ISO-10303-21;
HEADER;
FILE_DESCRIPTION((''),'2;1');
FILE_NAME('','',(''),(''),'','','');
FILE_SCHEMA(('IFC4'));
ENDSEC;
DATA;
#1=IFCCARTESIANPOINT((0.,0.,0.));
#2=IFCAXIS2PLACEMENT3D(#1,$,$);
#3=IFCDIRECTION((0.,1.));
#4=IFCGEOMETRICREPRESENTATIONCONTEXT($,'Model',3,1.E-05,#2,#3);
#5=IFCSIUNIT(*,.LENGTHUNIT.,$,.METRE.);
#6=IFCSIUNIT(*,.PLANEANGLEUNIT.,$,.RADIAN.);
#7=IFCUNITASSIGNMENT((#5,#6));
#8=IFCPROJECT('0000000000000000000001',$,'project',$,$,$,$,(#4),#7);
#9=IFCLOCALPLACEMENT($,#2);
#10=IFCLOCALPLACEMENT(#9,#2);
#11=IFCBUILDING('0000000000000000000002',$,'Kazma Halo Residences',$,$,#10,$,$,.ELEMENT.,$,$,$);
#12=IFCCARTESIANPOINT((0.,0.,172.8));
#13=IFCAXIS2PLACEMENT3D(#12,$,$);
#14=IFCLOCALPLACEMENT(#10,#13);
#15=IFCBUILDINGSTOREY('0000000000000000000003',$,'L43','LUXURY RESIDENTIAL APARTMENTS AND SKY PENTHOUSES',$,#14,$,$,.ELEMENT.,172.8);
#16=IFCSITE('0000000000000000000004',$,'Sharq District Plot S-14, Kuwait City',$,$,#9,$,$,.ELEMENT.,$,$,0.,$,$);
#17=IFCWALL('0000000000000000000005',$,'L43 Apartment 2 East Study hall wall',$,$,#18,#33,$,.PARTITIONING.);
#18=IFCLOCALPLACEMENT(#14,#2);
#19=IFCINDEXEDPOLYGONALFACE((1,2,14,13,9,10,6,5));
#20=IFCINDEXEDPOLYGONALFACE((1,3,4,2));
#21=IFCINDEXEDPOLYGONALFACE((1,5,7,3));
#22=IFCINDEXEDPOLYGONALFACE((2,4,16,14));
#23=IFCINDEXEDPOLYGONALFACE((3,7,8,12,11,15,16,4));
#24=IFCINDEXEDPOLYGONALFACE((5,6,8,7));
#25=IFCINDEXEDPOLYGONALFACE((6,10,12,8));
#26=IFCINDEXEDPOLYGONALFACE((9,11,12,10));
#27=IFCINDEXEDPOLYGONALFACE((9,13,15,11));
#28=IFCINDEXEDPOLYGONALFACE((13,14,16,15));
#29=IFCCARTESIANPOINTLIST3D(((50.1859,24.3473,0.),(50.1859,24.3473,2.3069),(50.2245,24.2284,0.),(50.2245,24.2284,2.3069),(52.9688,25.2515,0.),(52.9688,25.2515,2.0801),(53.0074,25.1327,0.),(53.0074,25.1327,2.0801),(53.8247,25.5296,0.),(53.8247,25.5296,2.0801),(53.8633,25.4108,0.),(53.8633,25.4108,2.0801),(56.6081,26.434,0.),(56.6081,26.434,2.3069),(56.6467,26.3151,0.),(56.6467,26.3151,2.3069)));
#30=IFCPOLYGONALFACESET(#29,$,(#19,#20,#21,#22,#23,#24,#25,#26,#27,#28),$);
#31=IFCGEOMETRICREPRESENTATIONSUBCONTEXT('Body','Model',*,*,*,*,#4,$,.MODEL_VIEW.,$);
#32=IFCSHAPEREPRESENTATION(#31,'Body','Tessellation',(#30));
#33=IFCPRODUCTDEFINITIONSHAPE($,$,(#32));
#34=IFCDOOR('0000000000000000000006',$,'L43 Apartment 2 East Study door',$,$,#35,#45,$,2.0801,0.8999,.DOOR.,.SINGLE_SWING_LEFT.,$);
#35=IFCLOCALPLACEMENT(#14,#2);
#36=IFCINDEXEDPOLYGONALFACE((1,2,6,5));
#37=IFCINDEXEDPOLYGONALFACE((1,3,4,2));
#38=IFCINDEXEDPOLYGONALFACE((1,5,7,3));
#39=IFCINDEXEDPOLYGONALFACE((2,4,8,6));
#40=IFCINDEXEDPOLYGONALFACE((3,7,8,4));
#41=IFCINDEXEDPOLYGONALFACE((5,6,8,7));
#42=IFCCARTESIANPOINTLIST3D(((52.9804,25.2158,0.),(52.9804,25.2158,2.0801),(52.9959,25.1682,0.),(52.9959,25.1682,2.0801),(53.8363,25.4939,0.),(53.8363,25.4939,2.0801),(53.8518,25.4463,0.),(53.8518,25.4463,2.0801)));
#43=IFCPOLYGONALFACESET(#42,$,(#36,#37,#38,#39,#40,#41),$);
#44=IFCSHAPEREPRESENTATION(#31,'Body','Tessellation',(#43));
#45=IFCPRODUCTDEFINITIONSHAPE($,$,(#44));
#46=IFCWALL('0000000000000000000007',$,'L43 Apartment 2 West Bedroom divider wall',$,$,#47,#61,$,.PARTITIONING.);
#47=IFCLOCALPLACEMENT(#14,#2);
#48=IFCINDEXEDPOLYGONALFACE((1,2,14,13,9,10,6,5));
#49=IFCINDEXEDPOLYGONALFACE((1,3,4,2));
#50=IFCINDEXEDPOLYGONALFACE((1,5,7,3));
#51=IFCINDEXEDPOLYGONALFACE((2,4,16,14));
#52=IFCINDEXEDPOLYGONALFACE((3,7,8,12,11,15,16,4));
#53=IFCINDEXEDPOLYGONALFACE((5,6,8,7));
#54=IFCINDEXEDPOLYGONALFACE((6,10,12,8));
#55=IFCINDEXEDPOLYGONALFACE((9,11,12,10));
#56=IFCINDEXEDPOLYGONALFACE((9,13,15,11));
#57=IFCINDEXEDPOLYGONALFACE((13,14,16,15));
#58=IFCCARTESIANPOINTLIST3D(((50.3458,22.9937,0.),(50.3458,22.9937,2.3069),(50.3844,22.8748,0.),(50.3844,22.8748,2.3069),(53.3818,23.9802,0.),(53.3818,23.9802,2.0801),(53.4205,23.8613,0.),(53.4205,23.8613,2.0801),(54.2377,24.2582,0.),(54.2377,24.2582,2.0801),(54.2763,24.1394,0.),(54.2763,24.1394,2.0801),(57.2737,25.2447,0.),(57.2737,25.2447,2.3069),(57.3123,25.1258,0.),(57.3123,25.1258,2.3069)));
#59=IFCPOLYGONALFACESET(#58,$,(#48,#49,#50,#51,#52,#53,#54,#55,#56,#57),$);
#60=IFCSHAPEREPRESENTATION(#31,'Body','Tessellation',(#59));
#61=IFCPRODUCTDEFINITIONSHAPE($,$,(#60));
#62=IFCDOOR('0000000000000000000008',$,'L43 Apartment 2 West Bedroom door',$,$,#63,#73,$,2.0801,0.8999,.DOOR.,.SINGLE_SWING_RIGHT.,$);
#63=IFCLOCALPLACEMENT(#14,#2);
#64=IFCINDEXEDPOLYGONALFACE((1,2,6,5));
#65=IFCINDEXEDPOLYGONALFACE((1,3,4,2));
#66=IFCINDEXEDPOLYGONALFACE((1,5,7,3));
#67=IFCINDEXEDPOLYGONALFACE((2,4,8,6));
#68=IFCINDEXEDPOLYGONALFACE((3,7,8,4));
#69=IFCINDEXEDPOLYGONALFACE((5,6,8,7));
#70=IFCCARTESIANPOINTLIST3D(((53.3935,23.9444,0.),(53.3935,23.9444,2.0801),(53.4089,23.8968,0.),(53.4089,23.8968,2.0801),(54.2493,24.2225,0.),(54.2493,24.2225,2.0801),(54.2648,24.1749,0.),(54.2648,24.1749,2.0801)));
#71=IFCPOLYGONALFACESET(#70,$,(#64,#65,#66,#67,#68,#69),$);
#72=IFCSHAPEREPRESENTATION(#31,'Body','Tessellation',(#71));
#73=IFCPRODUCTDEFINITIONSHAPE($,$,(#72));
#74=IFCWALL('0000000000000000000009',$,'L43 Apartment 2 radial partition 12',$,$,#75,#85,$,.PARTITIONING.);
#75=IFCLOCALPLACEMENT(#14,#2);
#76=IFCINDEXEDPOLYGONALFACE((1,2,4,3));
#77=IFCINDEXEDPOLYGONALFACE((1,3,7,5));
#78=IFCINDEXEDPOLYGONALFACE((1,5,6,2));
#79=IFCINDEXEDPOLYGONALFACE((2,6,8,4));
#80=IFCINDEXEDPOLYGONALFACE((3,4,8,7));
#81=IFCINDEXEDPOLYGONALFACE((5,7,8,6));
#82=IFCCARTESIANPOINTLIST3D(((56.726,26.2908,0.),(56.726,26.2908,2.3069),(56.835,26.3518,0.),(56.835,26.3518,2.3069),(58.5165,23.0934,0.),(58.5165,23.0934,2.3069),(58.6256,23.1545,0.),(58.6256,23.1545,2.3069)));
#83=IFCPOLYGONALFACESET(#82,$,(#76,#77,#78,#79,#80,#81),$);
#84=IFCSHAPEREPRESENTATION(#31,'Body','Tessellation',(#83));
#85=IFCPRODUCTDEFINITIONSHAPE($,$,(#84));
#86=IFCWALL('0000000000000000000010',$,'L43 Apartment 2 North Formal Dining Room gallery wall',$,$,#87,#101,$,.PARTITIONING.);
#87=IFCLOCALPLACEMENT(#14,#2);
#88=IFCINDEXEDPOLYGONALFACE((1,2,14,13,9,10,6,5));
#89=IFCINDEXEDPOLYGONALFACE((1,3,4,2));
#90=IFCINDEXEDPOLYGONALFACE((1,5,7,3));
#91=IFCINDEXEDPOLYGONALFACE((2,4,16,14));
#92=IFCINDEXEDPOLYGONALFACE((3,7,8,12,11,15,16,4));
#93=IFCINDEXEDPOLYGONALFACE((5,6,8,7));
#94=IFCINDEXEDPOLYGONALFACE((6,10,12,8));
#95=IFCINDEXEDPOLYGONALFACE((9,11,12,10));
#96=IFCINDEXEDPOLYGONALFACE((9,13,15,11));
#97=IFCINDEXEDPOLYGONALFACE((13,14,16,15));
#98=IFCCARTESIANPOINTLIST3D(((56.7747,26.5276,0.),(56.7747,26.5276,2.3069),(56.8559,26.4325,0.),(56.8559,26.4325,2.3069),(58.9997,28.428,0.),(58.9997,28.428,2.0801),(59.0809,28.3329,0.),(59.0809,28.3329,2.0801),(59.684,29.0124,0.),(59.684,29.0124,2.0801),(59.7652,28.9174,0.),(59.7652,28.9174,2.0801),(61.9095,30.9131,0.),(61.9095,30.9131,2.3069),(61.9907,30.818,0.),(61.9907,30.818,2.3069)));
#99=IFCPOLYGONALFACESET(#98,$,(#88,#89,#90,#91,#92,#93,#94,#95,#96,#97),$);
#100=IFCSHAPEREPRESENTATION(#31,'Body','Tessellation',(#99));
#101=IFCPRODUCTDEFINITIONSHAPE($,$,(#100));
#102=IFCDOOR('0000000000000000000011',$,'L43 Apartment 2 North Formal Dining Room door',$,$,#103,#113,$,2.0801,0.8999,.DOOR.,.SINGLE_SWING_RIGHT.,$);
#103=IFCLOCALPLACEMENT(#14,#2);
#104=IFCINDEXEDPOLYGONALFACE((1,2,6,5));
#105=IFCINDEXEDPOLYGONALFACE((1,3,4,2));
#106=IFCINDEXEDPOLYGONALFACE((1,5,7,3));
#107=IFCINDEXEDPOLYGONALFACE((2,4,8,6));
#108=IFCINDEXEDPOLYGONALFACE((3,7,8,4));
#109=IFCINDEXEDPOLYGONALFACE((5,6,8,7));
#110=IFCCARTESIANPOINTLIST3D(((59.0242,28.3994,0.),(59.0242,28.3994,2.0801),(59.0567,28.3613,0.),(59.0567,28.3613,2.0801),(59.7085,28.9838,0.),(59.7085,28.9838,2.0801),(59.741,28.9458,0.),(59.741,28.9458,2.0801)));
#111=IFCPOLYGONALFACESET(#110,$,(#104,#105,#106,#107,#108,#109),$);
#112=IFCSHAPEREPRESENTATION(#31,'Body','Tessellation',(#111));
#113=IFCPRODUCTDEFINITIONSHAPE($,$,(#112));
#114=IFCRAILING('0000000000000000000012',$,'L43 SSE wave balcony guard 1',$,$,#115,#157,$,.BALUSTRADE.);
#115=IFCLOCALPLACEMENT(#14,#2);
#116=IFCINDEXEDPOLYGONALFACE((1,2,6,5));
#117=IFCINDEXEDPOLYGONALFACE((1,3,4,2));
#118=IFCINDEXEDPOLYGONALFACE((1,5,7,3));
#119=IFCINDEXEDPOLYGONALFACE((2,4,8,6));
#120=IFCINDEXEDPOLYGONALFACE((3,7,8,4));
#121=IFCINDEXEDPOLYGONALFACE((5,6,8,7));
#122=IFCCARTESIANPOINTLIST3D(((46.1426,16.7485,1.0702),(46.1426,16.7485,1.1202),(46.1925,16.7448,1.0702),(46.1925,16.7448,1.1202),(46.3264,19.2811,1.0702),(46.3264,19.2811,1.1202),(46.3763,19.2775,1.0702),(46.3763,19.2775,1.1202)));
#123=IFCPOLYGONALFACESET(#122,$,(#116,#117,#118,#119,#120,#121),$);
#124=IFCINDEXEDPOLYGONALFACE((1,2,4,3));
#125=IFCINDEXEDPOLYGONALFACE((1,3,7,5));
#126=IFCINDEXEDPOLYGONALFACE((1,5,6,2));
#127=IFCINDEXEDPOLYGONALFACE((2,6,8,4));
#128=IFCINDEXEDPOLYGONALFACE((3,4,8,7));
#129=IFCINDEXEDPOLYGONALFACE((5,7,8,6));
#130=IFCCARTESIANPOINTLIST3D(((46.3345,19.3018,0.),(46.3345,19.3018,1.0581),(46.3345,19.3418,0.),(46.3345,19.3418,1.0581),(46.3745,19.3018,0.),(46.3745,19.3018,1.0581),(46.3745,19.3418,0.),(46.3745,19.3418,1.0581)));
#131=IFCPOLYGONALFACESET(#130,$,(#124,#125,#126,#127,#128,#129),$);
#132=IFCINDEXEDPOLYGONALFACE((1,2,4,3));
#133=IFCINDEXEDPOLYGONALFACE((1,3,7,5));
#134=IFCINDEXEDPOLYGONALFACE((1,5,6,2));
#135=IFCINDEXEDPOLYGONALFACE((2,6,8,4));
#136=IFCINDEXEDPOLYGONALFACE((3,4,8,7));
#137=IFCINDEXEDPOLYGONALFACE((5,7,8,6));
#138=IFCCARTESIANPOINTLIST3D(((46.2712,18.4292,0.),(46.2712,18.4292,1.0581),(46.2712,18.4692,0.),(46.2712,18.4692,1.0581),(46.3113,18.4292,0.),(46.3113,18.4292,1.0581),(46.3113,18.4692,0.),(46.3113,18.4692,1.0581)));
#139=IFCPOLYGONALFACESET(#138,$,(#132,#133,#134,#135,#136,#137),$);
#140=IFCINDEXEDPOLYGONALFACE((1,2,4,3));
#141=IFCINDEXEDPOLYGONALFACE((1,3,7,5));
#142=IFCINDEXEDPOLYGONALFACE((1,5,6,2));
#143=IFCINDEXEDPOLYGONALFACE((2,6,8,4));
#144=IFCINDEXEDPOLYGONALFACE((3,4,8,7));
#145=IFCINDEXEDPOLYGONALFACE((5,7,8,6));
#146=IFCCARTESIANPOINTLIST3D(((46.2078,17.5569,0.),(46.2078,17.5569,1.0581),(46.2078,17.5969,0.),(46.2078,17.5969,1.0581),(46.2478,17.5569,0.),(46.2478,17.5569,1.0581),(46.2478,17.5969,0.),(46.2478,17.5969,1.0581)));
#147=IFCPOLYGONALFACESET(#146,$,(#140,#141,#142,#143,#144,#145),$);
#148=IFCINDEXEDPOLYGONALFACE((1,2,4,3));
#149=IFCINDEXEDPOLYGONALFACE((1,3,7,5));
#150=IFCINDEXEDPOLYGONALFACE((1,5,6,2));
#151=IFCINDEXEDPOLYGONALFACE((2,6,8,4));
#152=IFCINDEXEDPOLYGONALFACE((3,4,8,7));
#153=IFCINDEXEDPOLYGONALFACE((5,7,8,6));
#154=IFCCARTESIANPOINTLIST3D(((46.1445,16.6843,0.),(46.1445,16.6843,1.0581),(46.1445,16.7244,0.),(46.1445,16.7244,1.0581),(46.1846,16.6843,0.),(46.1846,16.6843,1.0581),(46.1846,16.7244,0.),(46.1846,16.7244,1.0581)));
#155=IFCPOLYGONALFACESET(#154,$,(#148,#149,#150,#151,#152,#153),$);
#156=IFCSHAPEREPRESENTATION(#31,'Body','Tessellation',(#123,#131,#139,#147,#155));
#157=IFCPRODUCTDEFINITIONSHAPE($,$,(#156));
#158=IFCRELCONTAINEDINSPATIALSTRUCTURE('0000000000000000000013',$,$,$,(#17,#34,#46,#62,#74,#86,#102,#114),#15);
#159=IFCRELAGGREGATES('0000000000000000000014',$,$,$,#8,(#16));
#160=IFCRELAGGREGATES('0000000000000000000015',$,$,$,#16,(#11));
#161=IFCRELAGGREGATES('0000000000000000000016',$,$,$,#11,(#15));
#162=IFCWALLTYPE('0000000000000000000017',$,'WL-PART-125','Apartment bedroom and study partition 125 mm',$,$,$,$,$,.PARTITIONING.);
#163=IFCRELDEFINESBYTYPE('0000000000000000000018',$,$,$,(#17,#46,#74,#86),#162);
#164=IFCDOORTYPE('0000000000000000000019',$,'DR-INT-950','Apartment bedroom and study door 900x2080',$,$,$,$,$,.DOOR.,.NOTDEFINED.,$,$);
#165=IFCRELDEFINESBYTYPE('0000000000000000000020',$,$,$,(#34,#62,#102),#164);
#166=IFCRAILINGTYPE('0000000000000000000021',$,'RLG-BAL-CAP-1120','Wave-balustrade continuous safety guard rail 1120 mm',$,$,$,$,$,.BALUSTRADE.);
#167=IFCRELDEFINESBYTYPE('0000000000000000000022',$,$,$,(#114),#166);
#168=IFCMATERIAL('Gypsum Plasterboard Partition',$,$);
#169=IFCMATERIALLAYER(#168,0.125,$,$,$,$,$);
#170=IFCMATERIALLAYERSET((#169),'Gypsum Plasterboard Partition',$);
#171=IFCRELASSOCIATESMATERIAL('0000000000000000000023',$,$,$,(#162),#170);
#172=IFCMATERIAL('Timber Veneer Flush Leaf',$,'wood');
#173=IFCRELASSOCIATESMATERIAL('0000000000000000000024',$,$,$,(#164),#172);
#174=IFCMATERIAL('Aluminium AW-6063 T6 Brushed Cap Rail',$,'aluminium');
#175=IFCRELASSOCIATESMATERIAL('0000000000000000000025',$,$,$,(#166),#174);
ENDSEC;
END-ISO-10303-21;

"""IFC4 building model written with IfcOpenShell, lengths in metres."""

from ifc_helpers import new_model, si_unit, direction, frame, frame_2d, origin, origin_2d, place, context, subcontext, project, spatial, rectangle, extrude, material, layer, layer_set, type_object, element, fill, save


model = new_model("IFC4")

# Units and contexts
model_context = context("Model", 3, precision=1e-05, world=origin(), true_north=direction((0.0, 1.0)))
body_context = subcontext(model_context, "Body", "Model", "MODEL_VIEW")
ifc_project = project(units=[si_unit("LENGTHUNIT", "METRE"), si_unit("PLANEANGLEUNIT", "RADIAN")], contexts=[model_context])

# Site, building, storey
site_placement = place(None, origin())
site = spatial("IfcSite", under=ifc_project, at=site_placement, Name="Sharq District Plot S-14, Kuwait City", CompositionType="ELEMENT", RefElevation=0.0)
building_placement = place(site_placement, origin())
building = spatial("IfcBuilding", under=site, at=building_placement, Name="Kazma Halo Residences", CompositionType="ELEMENT")
storey_placement = place(building_placement, frame((0.0, 0.0, 172.8)))
storey = spatial("IfcBuildingStorey", under=building, at=storey_placement, Name="L43", Description="LUXURY RESIDENTIAL APARTMENTS AND SKY PENTHOUSES", CompositionType="ELEMENT", Elevation=172.8)

# Shared definitions
ifc_material_1 = material(Name="Gypsum Plasterboard Partition")
ifc_layer_1 = layer(ifc_material_1, 0.125)
ifc_layer_set_1 = layer_set([ifc_layer_1], Name="Gypsum Plasterboard Partition")
wall_type_1 = type_object("IfcWallType", Name="WL-PART-125", Description="Apartment bedroom and study partition 125 mm", PredefinedType="PARTITIONING", material=ifc_layer_set_1)

# Walls, openings, doors
wall_1_placement = place(storey_placement, frame((50.2051, 24.2878, 0.0), z_axis=(0.0, 0.0, 1.0), x_axis=(0.951057, 0.309017, 0.0)))
wall_1 = element("IfcWall", 1, at=wall_1_placement, inside=storey, type_object=wall_type_1, Name="L43 Apartment 2 East Study hall wall", PredefinedType="PARTITIONING", context=body_context, shape_type="SweptSolid", body=[
    extrude(rectangle(XDim=6.7527, YDim=0.125, at=frame_2d((3.3765, 0.0))), origin(), (0.0, 0.0, 1.0), 2.3069),
])
opening_1_placement = place(wall_1_placement, frame((2.9263, 0.0, 0.0)))
opening_1 = element("IfcOpeningElement", 2, at=opening_1_placement, cuts=wall_1, PredefinedType="OPENING", context=body_context, shape_type="SweptSolid", body=[
    extrude(rectangle(XDim=0.8999, YDim=2.0801, at=frame_2d((0.45, 1.04))), frame((0.0, 0.0725, 0.0), z_axis=(0.0, -1.0, 0.0), x_axis=(1.0, 0.0, 0.0)), (0.0, 0.0, 1.0), 0.145),
])
ifc_material_2 = material(Name="Timber Veneer Flush Leaf", Category="wood")
door_type_1 = type_object("IfcDoorType", Name="DR-INT-950", Description="Apartment bedroom and study door 900x2080", OperationType="NOTDEFINED", PredefinedType="DOOR", material=ifc_material_2)
door_1_placement = place(opening_1_placement, origin())
door_1 = element("IfcDoor", 3, at=door_1_placement, inside=storey, type_object=door_type_1, Name="L43 Apartment 2 East Study door", OperationType="SINGLE_SWING_LEFT", OverallHeight=2.0801, OverallWidth=0.8999, PredefinedType="DOOR", context=body_context, shape_type="SweptSolid", body=[
    extrude(rectangle(XDim=0.8999, YDim=2.0801, at=frame_2d((0.45, 1.04))), frame((0.0, 0.0249, 0.0), z_axis=(0.0, -1.0, 0.0), x_axis=(1.0, 0.0, 0.0)), (0.0, 0.0, 1.0), 0.05),
])
fill(opening_1, door_1)
wall_2_placement = place(storey_placement, frame((50.3652, 22.9343, 0.0), z_axis=(0.0, 0.0, 1.0), x_axis=(0.951059, 0.30901, 0.0)))
wall_2 = element("IfcWall", 4, at=wall_2_placement, inside=storey, type_object=wall_type_1, Name="L43 Apartment 2 West Bedroom divider wall", PredefinedType="PARTITIONING", context=body_context, shape_type="SweptSolid", body=[
    extrude(rectangle(XDim=7.2844, YDim=0.125, at=frame_2d((3.6421, 0.0))), origin(), (0.0, 0.0, 1.0), 2.3069),
])
opening_2_placement = place(wall_2_placement, frame((3.1921, 0.0, 0.0)))
opening_2 = element("IfcOpeningElement", 5, at=opening_2_placement, cuts=wall_2, PredefinedType="OPENING", context=body_context, shape_type="SweptSolid", body=[
    extrude(rectangle(XDim=0.8999, YDim=2.0801, at=frame_2d((0.45, 1.04))), frame((0.0, 0.0725, 0.0), z_axis=(0.0, -1.0, 0.0), x_axis=(1.0, 0.0, 0.0)), (0.0, 0.0, 1.0), 0.145),
])
door_2_placement = place(opening_2_placement, origin())
door_2 = element("IfcDoor", 6, at=door_2_placement, inside=storey, type_object=door_type_1, Name="L43 Apartment 2 West Bedroom door", OperationType="SINGLE_SWING_RIGHT", OverallHeight=2.0801, OverallWidth=0.8999, PredefinedType="DOOR", context=body_context, shape_type="SweptSolid", body=[
    extrude(rectangle(XDim=0.8999, YDim=2.0801, at=frame_2d((0.45, 1.04))), frame((0.0, 0.0249, 0.0), z_axis=(0.0, -1.0, 0.0), x_axis=(1.0, 0.0, 0.0)), (0.0, 0.0, 1.0), 0.05),
])
fill(opening_2, door_2)

# Wall
wall_3_placement = place(storey_placement, frame((56.7805, 26.3213, 0.0), z_axis=(0.0, 0.0, 1.0), x_axis=(0.488616, -0.872499, 0.0)))
element("IfcWall", 7, at=wall_3_placement, inside=storey, type_object=wall_type_1, Name="L43 Apartment 2 radial partition 12", PredefinedType="PARTITIONING", context=body_context, shape_type="SweptSolid", body=[
    extrude(rectangle(XDim=3.6646, YDim=0.125, at=frame_2d((1.8323, 0.0))), origin(), (0.0, 0.0, 1.0), 2.3069),
])

# Wall, opening, door
wall_4_placement = place(storey_placement, frame((56.8152, 26.48, 0.0), z_axis=(0.0, 0.0, 1.0), x_axis=(0.760406, 0.649448, 0.0)))
wall_4 = element("IfcWall", 8, at=wall_4_placement, inside=storey, type_object=wall_type_1, Name="L43 Apartment 2 North Formal Dining Room gallery wall", PredefinedType="PARTITIONING", context=body_context, shape_type="SweptSolid", body=[
    extrude(rectangle(XDim=6.7527, YDim=0.125, at=frame_2d((3.3765, 0.0))), origin(), (0.0, 0.0, 1.0), 2.3069),
])
opening_3_placement = place(wall_4_placement, frame((2.9263, 0.0, 0.0)))
opening_3 = element("IfcOpeningElement", 9, at=opening_3_placement, cuts=wall_4, PredefinedType="OPENING", context=body_context, shape_type="SweptSolid", body=[
    extrude(rectangle(XDim=0.8999, YDim=2.0801, at=frame_2d((0.45, 1.04))), frame((0.0, 0.0725, 0.0), z_axis=(0.0, -1.0, 0.0), x_axis=(1.0, 0.0, 0.0)), (0.0, 0.0, 1.0), 0.145),
])
door_3_placement = place(opening_3_placement, origin())
door_3 = element("IfcDoor", 10, at=door_3_placement, inside=storey, type_object=door_type_1, Name="L43 Apartment 2 North Formal Dining Room door", OperationType="SINGLE_SWING_RIGHT", OverallHeight=2.0801, OverallWidth=0.8999, PredefinedType="DOOR", context=body_context, shape_type="SweptSolid", body=[
    extrude(rectangle(XDim=0.8999, YDim=2.0801, at=frame_2d((0.45, 1.04))), frame((0.0, 0.0249, 0.0), z_axis=(0.0, -1.0, 0.0), x_axis=(1.0, 0.0, 0.0)), (0.0, 0.0, 1.0), 0.05),
])
fill(opening_3, door_3)

# Railing
ifc_material_3 = material(Name="Aluminium AW-6063 T6 Brushed Cap Rail", Category="aluminium")
railing_type = type_object("IfcRailingType", Name="RLG-BAL-CAP-1120", Description="Wave-balustrade continuous safety guard rail 1120 mm", PredefinedType="BALUSTRADE", material=ifc_material_3)
railing_1_placement = place(storey_placement, frame((46.3545, 19.3218, 0.0)))
element("IfcRailing", 11, at=railing_1_placement, inside=storey, type_object=railing_type, Name="L43 SSE wave balcony guard 1", PredefinedType="BALUSTRADE", context=body_context, shape_type="SweptSolid", body=[
    extrude(rectangle(XDim=0.05, YDim=0.05, at=origin_2d()), frame((-0.0032, -0.0425, 1.0952), z_axis=(-0.072378, -0.997377, 0.0), x_axis=(0.997377, -0.072378, 0.0)), (0.0, 0.0, 1.0), 2.5393),
    extrude(rectangle(XDim=0.04, YDim=0.04, at=origin_2d()), origin(), (0.0, 0.0, 1.0), 1.0581),
    extrude(rectangle(XDim=0.04, YDim=0.04, at=origin_2d()), frame((-0.0632, -0.8726, 0.0)), (0.0, 0.0, 1.0), 1.0581),
    extrude(rectangle(XDim=0.04, YDim=0.04, at=origin_2d()), frame((-0.1267, -1.7449, 0.0)), (0.0, 0.0, 1.0), 1.0581),
    extrude(rectangle(XDim=0.04, YDim=0.04, at=origin_2d()), frame((-0.1899, -2.6174, 0.0)), (0.0, 0.0, 1.0), 1.0581),
])

save(model, "model.ifc")
